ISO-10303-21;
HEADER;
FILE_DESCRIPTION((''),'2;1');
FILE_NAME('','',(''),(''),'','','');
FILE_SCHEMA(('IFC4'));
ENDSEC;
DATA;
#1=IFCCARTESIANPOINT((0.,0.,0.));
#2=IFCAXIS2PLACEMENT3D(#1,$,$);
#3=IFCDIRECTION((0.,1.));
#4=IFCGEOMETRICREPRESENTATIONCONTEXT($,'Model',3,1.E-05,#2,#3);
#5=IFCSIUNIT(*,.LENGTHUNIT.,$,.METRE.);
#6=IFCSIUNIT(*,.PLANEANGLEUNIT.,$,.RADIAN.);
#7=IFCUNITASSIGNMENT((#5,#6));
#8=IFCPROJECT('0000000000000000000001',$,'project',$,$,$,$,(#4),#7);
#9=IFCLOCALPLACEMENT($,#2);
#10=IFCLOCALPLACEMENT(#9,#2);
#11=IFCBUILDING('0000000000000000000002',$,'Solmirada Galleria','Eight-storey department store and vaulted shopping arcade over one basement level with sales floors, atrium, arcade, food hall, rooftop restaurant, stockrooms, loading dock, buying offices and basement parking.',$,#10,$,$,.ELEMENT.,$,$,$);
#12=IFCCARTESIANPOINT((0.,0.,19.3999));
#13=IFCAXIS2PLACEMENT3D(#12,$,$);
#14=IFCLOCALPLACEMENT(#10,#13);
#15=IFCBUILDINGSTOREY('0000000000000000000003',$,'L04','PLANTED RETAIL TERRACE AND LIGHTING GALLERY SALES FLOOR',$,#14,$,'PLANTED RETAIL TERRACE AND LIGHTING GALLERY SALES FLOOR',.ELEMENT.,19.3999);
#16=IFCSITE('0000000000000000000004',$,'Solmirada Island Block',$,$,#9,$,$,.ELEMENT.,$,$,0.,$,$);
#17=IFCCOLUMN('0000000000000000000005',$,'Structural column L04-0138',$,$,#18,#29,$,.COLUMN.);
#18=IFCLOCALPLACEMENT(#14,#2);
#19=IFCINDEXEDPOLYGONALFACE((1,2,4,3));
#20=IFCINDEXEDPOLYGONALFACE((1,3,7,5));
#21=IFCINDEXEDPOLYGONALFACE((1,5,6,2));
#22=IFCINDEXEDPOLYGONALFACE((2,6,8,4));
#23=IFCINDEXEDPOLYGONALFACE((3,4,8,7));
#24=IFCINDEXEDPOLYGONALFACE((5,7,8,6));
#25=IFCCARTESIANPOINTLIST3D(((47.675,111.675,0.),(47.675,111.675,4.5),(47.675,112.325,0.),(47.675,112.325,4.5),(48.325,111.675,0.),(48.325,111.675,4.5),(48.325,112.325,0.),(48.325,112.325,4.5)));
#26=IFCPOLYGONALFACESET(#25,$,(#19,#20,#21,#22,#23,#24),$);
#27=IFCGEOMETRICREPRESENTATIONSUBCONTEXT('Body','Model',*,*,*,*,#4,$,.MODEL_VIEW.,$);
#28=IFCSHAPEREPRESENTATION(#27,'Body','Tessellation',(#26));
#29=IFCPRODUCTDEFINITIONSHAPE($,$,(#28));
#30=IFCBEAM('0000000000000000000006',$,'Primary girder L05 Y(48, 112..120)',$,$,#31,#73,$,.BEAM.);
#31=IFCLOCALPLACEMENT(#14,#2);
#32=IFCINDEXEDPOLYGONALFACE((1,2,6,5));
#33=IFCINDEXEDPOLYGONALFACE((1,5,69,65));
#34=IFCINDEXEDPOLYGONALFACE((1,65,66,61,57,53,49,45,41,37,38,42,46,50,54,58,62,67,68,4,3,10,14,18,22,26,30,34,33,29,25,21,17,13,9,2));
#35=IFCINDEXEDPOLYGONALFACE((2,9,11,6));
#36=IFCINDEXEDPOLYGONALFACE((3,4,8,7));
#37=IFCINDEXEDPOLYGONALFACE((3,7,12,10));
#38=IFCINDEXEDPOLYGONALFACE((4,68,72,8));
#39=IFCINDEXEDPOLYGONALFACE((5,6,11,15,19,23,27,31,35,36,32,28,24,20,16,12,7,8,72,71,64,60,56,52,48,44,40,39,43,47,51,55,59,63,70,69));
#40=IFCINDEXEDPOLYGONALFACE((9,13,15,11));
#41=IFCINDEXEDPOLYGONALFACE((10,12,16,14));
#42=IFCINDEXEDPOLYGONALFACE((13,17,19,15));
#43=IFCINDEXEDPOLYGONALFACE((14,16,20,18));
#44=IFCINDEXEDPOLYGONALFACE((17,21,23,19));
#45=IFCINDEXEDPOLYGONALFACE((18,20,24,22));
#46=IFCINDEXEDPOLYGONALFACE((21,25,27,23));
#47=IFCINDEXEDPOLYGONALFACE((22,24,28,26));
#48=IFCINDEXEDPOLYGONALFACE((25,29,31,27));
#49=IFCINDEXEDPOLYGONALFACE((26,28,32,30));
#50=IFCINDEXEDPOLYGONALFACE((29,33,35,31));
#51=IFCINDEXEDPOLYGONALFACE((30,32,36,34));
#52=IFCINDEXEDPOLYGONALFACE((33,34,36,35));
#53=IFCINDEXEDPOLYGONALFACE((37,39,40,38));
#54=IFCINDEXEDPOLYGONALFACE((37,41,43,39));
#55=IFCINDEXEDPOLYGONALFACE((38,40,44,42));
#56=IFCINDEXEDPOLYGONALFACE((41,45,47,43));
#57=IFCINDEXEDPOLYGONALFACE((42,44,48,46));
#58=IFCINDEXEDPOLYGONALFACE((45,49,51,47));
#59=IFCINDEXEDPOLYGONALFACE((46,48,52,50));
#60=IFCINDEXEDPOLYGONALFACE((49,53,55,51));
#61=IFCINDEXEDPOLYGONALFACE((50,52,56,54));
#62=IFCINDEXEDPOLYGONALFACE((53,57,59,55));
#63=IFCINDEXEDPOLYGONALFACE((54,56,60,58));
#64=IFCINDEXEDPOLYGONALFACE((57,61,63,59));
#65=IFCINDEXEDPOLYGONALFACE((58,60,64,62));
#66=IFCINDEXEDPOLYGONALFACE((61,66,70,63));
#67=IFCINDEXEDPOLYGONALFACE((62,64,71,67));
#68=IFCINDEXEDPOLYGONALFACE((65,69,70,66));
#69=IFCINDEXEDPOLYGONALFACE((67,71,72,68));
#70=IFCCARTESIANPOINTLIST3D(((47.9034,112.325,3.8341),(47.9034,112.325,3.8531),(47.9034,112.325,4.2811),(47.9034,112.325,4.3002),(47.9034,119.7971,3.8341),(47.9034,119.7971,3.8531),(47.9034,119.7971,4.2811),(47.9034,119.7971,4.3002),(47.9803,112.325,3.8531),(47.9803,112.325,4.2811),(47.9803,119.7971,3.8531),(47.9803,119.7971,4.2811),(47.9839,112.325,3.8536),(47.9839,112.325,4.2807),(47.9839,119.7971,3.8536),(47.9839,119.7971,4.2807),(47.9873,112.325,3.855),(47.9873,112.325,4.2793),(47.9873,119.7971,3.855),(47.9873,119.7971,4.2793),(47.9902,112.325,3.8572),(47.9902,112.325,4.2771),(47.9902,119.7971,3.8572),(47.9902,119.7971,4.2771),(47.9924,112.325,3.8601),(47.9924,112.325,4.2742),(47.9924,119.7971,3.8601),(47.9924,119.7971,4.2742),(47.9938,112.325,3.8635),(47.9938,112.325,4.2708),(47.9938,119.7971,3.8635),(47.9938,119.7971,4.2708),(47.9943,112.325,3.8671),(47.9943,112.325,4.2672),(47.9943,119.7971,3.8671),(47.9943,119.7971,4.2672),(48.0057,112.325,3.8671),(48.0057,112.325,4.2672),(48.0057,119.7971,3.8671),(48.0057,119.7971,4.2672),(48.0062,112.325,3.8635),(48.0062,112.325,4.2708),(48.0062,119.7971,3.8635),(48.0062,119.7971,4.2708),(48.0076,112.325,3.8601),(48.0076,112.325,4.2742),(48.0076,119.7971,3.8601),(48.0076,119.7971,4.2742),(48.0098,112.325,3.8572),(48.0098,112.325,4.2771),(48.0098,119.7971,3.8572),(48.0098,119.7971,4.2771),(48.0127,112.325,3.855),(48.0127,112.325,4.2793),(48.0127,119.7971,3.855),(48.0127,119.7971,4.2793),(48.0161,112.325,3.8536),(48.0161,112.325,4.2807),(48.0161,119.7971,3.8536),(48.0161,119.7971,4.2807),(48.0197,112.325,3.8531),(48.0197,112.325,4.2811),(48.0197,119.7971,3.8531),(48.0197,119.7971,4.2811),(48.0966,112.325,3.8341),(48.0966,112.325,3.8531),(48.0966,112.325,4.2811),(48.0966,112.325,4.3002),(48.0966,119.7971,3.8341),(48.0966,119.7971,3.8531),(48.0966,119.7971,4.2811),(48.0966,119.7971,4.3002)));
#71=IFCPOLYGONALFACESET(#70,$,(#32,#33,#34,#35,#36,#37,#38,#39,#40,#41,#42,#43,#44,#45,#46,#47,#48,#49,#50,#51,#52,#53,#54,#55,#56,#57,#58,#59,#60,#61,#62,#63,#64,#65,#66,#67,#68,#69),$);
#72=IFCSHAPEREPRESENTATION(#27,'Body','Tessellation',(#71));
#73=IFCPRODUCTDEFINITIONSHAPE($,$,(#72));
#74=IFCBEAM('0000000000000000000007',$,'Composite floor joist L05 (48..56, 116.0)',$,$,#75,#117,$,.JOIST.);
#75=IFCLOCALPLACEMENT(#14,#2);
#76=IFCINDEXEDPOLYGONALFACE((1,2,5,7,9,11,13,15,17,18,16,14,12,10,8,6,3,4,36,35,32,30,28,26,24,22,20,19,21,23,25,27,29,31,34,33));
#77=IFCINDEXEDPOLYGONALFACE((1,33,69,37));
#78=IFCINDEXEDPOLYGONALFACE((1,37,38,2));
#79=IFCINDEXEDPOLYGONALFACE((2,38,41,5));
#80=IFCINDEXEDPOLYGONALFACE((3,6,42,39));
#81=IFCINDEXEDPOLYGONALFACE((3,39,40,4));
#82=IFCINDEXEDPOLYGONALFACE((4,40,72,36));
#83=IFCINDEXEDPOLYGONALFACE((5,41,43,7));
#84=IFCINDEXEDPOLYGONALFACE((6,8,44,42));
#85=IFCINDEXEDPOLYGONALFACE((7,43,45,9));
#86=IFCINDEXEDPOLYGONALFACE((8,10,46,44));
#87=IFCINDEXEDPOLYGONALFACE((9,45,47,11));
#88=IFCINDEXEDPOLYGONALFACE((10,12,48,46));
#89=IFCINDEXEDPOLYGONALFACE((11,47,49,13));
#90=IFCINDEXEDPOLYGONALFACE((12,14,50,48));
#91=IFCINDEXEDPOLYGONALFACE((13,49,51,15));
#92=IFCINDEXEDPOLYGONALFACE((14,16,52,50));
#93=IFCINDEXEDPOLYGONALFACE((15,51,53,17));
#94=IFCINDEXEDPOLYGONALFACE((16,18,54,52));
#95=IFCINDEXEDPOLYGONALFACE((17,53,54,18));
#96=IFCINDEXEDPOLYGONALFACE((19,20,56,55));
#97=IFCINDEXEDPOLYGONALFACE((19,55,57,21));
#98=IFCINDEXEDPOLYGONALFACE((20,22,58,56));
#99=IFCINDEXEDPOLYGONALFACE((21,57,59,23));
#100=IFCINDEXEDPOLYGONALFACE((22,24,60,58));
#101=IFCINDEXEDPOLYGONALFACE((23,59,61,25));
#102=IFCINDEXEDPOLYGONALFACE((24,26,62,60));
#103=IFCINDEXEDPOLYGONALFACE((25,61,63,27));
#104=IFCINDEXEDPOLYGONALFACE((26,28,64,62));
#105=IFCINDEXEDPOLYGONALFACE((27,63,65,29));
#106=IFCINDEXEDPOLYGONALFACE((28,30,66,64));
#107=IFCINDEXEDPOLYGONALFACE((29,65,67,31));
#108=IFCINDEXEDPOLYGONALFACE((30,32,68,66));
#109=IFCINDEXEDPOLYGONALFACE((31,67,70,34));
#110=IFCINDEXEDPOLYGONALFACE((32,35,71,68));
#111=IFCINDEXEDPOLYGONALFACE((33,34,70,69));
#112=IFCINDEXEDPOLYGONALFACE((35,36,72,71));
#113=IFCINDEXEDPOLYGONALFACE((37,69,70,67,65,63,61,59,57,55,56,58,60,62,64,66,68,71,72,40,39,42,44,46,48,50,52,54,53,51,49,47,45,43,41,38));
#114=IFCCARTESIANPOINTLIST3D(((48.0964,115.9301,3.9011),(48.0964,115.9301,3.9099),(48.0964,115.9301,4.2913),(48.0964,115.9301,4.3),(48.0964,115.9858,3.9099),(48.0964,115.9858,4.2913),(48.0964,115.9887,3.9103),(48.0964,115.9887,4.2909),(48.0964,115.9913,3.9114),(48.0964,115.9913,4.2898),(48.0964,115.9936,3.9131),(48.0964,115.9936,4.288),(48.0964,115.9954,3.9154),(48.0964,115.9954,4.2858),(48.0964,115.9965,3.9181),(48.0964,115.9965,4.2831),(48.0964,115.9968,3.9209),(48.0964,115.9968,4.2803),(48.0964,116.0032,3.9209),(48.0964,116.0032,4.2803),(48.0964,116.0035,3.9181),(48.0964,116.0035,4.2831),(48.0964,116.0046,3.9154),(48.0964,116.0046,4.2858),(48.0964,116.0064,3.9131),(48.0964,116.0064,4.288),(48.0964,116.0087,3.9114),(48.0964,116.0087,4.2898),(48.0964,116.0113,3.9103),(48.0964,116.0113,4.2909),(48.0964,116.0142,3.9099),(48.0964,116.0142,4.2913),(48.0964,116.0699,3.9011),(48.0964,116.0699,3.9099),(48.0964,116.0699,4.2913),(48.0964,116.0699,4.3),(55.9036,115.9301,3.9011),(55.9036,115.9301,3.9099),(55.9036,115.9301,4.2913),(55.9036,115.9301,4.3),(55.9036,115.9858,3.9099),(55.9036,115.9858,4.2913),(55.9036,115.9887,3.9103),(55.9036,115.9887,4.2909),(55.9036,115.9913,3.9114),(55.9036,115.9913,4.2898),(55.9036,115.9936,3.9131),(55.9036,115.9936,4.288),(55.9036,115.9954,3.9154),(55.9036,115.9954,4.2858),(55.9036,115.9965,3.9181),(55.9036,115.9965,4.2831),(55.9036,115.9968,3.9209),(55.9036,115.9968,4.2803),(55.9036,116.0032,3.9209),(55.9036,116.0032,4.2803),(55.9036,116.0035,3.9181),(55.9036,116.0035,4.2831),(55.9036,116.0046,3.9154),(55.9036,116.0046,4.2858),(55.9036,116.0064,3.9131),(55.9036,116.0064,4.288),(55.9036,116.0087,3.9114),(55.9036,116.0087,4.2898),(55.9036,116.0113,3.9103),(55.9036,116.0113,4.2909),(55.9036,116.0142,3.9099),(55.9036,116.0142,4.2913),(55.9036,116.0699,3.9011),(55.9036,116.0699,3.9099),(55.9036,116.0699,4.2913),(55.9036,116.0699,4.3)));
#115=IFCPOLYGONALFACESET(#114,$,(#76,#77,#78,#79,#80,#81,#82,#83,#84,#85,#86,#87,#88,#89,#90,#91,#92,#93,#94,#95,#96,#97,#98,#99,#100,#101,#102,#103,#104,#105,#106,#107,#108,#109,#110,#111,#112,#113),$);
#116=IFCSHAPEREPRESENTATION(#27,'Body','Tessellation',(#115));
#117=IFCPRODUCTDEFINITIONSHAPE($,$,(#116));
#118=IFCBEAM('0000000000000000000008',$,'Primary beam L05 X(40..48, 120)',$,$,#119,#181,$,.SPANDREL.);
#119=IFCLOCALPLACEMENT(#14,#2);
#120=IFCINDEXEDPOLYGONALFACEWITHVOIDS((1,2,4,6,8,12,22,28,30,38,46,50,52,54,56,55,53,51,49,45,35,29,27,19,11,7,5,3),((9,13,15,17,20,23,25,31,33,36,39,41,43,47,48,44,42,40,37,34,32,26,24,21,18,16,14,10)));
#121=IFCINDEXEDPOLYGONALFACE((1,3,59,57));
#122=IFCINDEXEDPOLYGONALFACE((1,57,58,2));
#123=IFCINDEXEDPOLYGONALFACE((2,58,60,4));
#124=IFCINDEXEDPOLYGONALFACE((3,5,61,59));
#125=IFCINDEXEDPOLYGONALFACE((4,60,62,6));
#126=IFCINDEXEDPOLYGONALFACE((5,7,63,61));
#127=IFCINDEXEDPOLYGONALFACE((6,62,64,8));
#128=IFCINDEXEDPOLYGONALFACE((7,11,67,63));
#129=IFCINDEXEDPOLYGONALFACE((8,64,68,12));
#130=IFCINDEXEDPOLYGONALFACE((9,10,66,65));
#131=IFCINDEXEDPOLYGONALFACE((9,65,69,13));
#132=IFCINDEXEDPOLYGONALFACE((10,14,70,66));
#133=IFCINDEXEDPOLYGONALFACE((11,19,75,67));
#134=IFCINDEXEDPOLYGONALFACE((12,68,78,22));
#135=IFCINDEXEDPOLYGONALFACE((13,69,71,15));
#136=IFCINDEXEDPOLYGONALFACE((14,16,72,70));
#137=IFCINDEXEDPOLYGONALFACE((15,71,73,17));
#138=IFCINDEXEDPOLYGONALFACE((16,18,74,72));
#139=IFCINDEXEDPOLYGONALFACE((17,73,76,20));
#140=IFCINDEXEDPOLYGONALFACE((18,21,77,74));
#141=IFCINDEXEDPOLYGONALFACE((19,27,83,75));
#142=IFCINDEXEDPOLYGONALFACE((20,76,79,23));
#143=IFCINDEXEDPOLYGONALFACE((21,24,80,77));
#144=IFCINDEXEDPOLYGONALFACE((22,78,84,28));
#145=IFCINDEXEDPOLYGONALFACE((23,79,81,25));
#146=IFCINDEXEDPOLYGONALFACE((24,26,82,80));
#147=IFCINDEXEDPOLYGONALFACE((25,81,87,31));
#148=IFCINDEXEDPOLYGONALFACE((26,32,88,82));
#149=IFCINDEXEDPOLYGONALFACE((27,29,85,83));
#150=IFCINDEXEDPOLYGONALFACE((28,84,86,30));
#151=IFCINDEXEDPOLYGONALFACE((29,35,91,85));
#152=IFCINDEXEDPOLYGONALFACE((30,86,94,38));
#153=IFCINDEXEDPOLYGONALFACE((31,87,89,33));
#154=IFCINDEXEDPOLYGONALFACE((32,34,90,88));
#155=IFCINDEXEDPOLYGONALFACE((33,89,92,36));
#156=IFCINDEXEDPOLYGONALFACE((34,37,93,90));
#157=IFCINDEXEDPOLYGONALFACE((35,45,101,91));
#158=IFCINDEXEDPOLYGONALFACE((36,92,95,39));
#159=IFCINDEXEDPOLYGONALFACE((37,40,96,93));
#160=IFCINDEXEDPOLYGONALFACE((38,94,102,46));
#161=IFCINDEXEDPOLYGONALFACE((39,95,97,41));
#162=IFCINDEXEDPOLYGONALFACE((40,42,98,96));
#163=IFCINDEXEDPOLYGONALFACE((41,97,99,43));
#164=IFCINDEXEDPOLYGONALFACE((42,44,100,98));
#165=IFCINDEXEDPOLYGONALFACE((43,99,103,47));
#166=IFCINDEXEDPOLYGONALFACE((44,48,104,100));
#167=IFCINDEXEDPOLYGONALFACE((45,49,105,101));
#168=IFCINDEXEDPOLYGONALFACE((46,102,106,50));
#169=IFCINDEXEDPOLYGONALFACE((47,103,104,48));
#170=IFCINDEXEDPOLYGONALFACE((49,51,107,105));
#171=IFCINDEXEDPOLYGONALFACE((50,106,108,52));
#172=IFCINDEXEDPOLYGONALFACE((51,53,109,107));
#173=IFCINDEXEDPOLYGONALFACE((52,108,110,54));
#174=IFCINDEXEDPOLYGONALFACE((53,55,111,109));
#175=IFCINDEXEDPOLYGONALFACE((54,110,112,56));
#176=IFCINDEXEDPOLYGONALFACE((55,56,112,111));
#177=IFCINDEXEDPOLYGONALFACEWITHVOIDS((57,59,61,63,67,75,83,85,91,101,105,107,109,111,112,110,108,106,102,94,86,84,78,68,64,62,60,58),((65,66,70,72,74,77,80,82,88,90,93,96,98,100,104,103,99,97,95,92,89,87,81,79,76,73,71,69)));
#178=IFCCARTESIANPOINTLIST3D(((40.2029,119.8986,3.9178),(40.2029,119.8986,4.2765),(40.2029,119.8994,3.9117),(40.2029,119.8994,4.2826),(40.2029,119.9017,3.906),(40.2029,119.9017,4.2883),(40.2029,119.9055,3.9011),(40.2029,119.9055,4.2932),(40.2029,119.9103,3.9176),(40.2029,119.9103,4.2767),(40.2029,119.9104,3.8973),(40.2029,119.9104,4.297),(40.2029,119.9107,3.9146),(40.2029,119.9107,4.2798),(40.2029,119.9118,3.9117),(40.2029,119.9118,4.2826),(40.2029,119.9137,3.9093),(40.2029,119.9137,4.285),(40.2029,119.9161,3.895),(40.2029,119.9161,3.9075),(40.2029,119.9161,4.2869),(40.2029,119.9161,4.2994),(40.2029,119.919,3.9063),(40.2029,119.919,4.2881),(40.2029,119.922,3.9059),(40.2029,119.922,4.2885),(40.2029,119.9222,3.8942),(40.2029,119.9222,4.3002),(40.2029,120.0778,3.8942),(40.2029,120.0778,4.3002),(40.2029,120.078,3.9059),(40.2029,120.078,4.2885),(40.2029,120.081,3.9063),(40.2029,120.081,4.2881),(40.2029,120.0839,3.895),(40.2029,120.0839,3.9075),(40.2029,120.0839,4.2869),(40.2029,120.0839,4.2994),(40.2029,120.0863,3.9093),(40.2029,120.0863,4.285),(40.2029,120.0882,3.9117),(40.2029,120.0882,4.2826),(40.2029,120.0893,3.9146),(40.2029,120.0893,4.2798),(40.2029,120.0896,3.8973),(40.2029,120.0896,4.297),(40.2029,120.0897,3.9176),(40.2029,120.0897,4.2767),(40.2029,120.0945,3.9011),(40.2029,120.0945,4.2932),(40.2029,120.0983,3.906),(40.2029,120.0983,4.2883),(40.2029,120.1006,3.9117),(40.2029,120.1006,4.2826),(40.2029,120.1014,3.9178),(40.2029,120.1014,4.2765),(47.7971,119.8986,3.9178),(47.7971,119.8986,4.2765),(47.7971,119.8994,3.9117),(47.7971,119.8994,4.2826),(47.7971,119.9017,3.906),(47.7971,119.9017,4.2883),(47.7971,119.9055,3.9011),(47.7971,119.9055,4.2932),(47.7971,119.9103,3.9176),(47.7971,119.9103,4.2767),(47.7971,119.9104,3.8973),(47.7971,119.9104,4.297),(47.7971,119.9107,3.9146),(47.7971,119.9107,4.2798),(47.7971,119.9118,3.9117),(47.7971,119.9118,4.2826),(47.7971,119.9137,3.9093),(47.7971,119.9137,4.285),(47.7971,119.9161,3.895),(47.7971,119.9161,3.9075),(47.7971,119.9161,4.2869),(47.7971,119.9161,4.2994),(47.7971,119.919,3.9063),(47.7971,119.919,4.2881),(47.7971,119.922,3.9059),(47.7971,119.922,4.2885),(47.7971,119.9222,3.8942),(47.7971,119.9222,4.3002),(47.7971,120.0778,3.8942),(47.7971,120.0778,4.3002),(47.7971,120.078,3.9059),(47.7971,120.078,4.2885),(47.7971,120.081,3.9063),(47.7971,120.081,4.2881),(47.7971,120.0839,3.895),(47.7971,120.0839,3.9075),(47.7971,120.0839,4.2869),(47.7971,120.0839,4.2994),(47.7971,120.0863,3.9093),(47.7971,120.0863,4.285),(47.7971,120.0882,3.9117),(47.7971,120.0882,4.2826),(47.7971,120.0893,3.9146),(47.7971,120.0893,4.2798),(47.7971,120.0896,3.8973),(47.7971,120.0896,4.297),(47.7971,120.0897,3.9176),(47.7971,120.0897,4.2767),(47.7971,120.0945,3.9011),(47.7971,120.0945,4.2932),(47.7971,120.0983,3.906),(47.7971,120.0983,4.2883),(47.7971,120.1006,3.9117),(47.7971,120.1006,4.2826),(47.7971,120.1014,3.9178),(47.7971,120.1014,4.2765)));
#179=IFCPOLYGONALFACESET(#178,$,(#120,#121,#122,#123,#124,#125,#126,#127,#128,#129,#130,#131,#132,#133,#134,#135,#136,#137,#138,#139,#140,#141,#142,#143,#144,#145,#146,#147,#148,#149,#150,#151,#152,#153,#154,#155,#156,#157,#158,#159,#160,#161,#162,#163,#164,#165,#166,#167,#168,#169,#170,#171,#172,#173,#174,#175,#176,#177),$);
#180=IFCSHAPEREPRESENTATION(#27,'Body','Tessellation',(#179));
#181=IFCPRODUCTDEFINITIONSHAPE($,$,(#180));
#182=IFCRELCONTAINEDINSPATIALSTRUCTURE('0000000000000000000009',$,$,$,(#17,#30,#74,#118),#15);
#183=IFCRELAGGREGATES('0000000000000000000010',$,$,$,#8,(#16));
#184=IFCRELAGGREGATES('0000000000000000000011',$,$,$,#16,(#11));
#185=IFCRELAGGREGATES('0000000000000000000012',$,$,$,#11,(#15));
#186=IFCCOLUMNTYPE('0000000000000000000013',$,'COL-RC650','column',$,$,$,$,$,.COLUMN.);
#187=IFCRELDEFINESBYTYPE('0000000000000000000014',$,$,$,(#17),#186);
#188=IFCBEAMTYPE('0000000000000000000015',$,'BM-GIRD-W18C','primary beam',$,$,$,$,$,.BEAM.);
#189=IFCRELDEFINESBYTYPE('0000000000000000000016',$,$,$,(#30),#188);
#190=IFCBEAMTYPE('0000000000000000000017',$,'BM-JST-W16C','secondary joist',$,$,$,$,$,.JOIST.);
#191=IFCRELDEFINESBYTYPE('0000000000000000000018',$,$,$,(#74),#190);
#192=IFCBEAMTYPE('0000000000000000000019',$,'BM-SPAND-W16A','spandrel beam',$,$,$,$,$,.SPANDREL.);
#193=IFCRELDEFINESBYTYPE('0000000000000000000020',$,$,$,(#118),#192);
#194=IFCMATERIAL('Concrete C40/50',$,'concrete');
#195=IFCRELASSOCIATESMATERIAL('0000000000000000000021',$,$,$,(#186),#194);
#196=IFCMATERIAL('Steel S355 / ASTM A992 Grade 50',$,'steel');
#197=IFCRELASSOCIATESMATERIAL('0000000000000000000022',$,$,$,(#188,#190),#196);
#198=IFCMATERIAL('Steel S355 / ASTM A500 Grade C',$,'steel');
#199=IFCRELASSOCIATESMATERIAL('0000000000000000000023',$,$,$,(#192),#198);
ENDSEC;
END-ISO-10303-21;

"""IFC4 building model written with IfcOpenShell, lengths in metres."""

from ifc_helpers import new_model, si_unit, direction, frame, origin, origin_2d, place, context, subcontext, project, spatial, rectangle, hollow_rectangle, i_section, extrude, material, material_profile, profile_set, type_object, element, save


model = new_model("IFC4")

# Units and contexts
model_context = context("Model", 3, precision=1e-05, world=origin(), true_north=direction((0.0, 1.0)))
body_context = subcontext(model_context, "Body", "Model", "MODEL_VIEW")
ifc_project = project(units=[si_unit("LENGTHUNIT", "METRE"), si_unit("PLANEANGLEUNIT", "RADIAN")], contexts=[model_context])

# Site, building, storey
site_placement = place(None, origin())
site = spatial("IfcSite", under=ifc_project, at=site_placement, Name="Solmirada Island Block", CompositionType="ELEMENT", RefElevation=0.0)
building_placement = place(site_placement, origin())
building = spatial("IfcBuilding", under=site, at=building_placement, Name="Solmirada Galleria", Description="Eight-storey department store and vaulted shopping arcade over one basement level with sales floors, atrium, arcade, food hall, rooftop restaurant, stockrooms, loading dock, buying offices and basement parking.", CompositionType="ELEMENT")
storey_placement = place(building_placement, frame((0.0, 0.0, 19.3999)))
storey = spatial("IfcBuildingStorey", under=building, at=storey_placement, Name="L04", Description="PLANTED RETAIL TERRACE AND LIGHTING GALLERY SALES FLOOR", LongName="PLANTED RETAIL TERRACE AND LIGHTING GALLERY SALES FLOOR", CompositionType="ELEMENT", Elevation=19.3999)

# Column
ifc_material_1 = material(Name="Steel S355 / ASTM A500 Grade C", Category="steel")
ifc_material_2 = material(Name="Concrete C40/50", Category="concrete")
ifc_material_profile_1 = material_profile(ifc_material_2, rectangle(XDim=0.6499, YDim=0.6499, at=origin_2d()), Name="RC650X650")
ifc_profile_set_1 = profile_set([ifc_material_profile_1], Name="Concrete C40/50")
column_type_1 = type_object("IfcColumnType", Name="COL-RC650", Description="column", PredefinedType="COLUMN", material=ifc_profile_set_1)
column_placement = place(storey_placement, frame((48.0, 112.0, 0.0), z_axis=(0.0, 0.0, 1.0), x_axis=(1.0, 0.0, 0.0)))
element("IfcColumn", 1, at=column_placement, inside=storey, type_object=column_type_1, Name="Structural column L04-0138", PredefinedType="COLUMN", context=body_context, shape_type="SweptSolid", body=[
    extrude(rectangle(XDim=0.6499, YDim=0.6499, at=origin_2d()), origin(), (0.0, 0.0, 1.0), 4.5),
])

# Beams
ifc_material_3 = material(Name="Steel S355 / ASTM A992 Grade 50", Category="steel")
ifc_material_profile_2 = material_profile(ifc_material_3, i_section(OverallWidth=0.1931, OverallDepth=0.4661, WebThickness=0.0115, FlangeThickness=0.019, FilletRadius=0.0139, at=origin_2d()), Name="W18X65")
ifc_profile_set_2 = profile_set([ifc_material_profile_2], Name="Steel S355 / ASTM A992 Grade 50")
beam_type_1 = type_object("IfcBeamType", Name="BM-GIRD-W18C", Description="primary beam", PredefinedType="BEAM", material=ifc_profile_set_2)
beam_1_placement = place(storey_placement, frame((48.0, 112.325, 4.0671), z_axis=(0.0, 1.0, 0.0), x_axis=(-1.0, 0.0, 0.0)))
element("IfcBeam", 2, at=beam_1_placement, inside=storey, type_object=beam_type_1, Name="Primary girder L05 Y(48, 112..120)", PredefinedType="BEAM", context=body_context, shape_type="SweptSolid", body=[
    extrude(i_section(OverallWidth=0.1931, OverallDepth=0.4661, WebThickness=0.0115, FlangeThickness=0.019, FilletRadius=0.0139, at=origin_2d()), origin(), (0.0, 0.0, 1.0), 7.4722),
])
ifc_material_profile_3 = material_profile(ifc_material_3, i_section(OverallWidth=0.1399, OverallDepth=0.3989, WebThickness=0.0063, FlangeThickness=0.0088, FilletRadius=0.011, at=origin_2d()), Name="W16X26")
ifc_profile_set_3 = profile_set([ifc_material_profile_3], Name="Steel S355 / ASTM A992 Grade 50")
beam_type_2 = type_object("IfcBeamType", Name="BM-JST-W16C", Description="secondary joist", PredefinedType="JOIST", material=ifc_profile_set_3)
beam_2_placement = place(storey_placement, frame((48.0964, 116.0, 4.1006), z_axis=(1.0, 0.0, 0.0), x_axis=(0.0, 1.0, 0.0)))
element("IfcBeam", 3, at=beam_2_placement, inside=storey, type_object=beam_type_2, Name="Composite floor joist L05 (48..56, 116.0)", PredefinedType="JOIST", context=body_context, shape_type="SweptSolid", body=[
    extrude(i_section(OverallWidth=0.1399, OverallDepth=0.3989, WebThickness=0.0063, FlangeThickness=0.0088, FilletRadius=0.011, at=origin_2d()), origin(), (0.0, 0.0, 1.0), 7.8071),
])
ifc_material_profile_4 = material_profile(ifc_material_1, hollow_rectangle(XDim=0.2029, YDim=0.406, WallThickness=0.0117, InnerFilletRadius=0.0117, OuterFilletRadius=0.0237, at=origin_2d()), Name="HSS16X8X1/2")
ifc_profile_set_4 = profile_set([ifc_material_profile_4], Name="Steel S355 / ASTM A500 Grade C")
beam_type_3 = type_object("IfcBeamType", Name="BM-SPAND-W16A", Description="spandrel beam", PredefinedType="SPANDREL", material=ifc_profile_set_4)
for number, where, z_axis, x_axis, name in (
    (4, (40.2029, 120.0, 4.0972), (1.0, 0.0, 0.0), (0.0, 1.0, 0.0), "Primary beam L05 X(40..48, 120)"),
):
    element("IfcBeam", number, at=place(storey_placement, frame(where, z_axis=z_axis, x_axis=x_axis)), inside=storey, type_object=beam_type_3, Name=name, PredefinedType="SPANDREL", context=body_context, shape_type="SweptSolid", body=[
        extrude(hollow_rectangle(XDim=0.2029, YDim=0.406, WallThickness=0.0117, InnerFilletRadius=0.0117, OuterFilletRadius=0.0237, at=origin_2d()), origin(), (0.0, 0.0, 1.0), 7.5942),
    ])

save(model, "model.ifc")
